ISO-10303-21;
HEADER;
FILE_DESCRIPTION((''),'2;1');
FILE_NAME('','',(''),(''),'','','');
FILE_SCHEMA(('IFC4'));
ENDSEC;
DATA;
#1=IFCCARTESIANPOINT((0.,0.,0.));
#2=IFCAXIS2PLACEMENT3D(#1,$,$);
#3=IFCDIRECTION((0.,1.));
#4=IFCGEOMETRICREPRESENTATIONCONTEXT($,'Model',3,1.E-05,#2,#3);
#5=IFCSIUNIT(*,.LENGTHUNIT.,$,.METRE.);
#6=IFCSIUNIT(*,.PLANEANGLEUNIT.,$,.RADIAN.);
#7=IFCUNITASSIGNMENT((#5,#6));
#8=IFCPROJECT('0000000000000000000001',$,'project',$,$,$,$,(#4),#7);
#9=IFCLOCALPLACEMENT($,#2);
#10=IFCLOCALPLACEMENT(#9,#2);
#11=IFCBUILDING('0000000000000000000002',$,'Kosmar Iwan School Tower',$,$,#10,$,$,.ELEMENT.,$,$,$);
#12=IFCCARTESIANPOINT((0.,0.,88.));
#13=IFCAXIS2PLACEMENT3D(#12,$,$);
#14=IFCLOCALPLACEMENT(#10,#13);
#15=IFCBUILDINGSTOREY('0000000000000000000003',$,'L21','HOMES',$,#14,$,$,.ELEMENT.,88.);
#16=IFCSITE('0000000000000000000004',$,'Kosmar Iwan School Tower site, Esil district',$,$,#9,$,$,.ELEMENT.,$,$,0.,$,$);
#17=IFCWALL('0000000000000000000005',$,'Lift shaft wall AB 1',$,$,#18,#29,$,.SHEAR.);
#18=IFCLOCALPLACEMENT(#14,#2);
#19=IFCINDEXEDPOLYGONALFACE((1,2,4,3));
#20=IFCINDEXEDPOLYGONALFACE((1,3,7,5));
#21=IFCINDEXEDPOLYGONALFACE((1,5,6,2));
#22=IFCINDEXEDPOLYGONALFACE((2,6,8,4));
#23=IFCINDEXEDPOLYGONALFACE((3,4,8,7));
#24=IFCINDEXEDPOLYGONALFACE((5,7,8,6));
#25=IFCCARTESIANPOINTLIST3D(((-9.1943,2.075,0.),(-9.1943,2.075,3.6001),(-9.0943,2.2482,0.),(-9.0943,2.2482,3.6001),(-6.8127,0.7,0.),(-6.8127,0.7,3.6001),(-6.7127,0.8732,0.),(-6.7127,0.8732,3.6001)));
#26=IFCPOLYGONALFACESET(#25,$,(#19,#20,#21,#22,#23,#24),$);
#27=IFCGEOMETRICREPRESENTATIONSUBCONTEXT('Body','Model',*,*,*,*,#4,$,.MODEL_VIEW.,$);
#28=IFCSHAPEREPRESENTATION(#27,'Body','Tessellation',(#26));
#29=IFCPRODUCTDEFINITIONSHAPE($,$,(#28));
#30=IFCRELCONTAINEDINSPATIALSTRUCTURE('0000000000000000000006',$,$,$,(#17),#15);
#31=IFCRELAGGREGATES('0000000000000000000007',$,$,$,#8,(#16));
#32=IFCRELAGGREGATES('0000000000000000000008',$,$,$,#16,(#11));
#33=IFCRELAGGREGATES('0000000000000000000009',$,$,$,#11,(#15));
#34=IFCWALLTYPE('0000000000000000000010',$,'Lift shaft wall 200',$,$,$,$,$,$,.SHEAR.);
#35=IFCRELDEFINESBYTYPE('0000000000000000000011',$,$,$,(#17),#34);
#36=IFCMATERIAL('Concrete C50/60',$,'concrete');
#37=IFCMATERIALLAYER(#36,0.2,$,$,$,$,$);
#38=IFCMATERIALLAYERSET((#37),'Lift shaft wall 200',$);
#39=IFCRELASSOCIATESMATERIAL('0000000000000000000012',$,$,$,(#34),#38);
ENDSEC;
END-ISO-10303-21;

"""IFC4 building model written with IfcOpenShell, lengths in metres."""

from ifc_helpers import new_model, si_unit, direction, frame, frame_2d, origin, place, context, subcontext, project, spatial, rectangle, extrude, material, layer, layer_set, type_object, element, save


model = new_model("IFC4")

# Units and contexts
model_context = context("Model", 3, precision=1e-05, world=origin(), true_north=direction((0.0, 1.0)))
body_context = subcontext(model_context, "Body", "Model", "MODEL_VIEW")
ifc_project = project(units=[si_unit("LENGTHUNIT", "METRE"), si_unit("PLANEANGLEUNIT", "RADIAN")], contexts=[model_context])

# Site, building, storey
site_placement = place(None, origin())
site = spatial("IfcSite", under=ifc_project, at=site_placement, Name="Kosmar Iwan School Tower site, Esil district", CompositionType="ELEMENT", RefElevation=0.0)
building_placement = place(site_placement, origin())
building = spatial("IfcBuilding", under=site, at=building_placement, Name="Kosmar Iwan School Tower", CompositionType="ELEMENT")
storey_placement = place(building_placement, frame((0.0, 0.0, 88.0)))
storey = spatial("IfcBuildingStorey", under=building, at=storey_placement, Name="L21", Description="HOMES", CompositionType="ELEMENT", Elevation=88.0)

# Wall
ifc_material_1 = material(Name="Concrete C50/60", Category="concrete")
ifc_layer_1 = layer(ifc_material_1, 0.2)
ifc_layer_set_1 = layer_set([ifc_layer_1], Name="Lift shaft wall 200")
wall_type_1 = type_object("IfcWallType", Name="Lift shaft wall 200", PredefinedType="SHEAR", material=ifc_layer_set_1)
wall_1_placement = place(storey_placement, frame((-6.7627, 0.7866, 0.0), z_axis=(0.0, 0.0, 1.0), x_axis=(-0.866027, 0.499997, 0.0)))
element("IfcWall", 1, at=wall_1_placement, inside=storey, type_object=wall_type_1, Name="Lift shaft wall AB 1", PredefinedType="SHEAR", context=body_context, shape_type="SweptSolid", body=[
    extrude(rectangle(XDim=2.75, YDim=0.2, at=frame_2d((1.375, 0.0))), origin(), (0.0, 0.0, 1.0), 3.6001),
])

save(model, "model.ifc")
